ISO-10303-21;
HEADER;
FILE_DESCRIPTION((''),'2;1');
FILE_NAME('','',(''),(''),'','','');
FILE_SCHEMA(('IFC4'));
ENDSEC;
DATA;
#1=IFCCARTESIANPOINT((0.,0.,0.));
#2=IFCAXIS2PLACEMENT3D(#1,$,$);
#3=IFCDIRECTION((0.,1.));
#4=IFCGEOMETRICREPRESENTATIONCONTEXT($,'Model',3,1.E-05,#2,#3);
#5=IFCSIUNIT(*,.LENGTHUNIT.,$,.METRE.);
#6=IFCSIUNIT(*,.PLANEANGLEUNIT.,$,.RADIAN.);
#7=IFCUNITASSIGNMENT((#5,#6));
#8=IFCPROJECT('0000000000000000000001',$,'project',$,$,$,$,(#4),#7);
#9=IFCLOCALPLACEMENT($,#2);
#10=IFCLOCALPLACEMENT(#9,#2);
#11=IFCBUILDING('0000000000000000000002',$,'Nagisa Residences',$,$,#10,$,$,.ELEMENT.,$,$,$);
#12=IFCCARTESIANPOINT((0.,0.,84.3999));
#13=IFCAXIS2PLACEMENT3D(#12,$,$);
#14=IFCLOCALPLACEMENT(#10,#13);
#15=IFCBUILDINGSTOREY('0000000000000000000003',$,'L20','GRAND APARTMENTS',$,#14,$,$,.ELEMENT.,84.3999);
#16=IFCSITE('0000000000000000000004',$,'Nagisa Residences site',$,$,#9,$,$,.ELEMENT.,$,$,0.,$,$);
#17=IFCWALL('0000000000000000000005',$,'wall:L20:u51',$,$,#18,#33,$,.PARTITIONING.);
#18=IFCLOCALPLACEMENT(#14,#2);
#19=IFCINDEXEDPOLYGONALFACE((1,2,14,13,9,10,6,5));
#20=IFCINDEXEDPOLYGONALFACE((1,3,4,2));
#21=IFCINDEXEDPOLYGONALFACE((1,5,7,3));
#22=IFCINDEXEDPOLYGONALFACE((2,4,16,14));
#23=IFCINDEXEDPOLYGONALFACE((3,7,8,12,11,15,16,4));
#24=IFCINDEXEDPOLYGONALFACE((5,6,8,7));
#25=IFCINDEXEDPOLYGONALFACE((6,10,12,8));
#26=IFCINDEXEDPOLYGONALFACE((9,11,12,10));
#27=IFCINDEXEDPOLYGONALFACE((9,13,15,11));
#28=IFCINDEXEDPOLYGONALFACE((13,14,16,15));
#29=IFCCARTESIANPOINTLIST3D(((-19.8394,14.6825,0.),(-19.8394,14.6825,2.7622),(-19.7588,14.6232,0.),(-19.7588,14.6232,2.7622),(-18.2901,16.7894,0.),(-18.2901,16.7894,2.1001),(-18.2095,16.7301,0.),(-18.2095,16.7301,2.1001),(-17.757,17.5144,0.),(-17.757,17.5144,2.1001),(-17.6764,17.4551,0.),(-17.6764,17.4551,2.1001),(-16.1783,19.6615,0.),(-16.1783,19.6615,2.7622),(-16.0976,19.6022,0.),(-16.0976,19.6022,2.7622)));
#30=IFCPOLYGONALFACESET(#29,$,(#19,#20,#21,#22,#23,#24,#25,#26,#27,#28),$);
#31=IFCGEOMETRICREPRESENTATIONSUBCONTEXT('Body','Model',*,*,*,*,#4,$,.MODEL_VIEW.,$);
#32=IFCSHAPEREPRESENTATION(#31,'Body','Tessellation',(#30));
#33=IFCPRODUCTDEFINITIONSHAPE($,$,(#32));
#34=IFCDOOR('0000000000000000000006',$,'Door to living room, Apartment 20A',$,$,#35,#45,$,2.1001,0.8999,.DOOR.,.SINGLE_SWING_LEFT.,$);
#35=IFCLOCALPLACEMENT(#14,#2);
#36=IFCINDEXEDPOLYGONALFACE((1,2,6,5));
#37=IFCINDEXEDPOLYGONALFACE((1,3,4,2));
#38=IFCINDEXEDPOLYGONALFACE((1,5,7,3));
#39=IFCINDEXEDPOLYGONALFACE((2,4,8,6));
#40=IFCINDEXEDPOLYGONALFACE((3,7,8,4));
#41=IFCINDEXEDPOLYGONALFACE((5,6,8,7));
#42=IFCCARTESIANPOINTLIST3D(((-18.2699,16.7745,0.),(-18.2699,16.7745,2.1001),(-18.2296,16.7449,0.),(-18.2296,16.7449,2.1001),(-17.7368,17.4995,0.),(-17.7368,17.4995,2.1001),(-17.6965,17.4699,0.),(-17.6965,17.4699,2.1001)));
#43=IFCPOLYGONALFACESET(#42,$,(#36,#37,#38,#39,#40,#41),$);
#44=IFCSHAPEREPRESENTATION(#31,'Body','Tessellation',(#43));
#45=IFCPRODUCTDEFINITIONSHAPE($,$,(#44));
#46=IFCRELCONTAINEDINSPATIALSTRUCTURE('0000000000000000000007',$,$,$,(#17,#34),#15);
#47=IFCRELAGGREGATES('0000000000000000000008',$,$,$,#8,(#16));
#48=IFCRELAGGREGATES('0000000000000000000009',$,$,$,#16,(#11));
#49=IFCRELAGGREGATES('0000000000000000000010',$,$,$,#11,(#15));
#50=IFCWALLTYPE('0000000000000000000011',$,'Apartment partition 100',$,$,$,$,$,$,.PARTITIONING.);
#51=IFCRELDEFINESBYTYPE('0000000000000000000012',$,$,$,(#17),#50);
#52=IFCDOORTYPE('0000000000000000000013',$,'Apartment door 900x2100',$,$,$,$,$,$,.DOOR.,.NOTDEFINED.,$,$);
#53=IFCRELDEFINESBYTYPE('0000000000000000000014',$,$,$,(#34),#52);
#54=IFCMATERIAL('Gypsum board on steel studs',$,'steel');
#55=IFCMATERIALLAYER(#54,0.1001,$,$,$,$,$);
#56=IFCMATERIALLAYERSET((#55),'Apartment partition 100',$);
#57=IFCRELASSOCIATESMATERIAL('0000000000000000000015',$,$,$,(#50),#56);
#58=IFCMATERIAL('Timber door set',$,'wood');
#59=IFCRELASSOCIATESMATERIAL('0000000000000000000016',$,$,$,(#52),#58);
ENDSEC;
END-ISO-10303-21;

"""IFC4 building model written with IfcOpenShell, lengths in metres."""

from ifc_helpers import new_model, si_unit, direction, frame, frame_2d, origin, place, context, subcontext, project, spatial, rectangle, extrude, material, layer, layer_set, type_object, element, fill, save


model = new_model("IFC4")

# Units and contexts
model_context = context("Model", 3, precision=1e-05, world=origin(), true_north=direction((0.0, 1.0)))
body_context = subcontext(model_context, "Body", "Model", "MODEL_VIEW")
ifc_project = project(units=[si_unit("LENGTHUNIT", "METRE"), si_unit("PLANEANGLEUNIT", "RADIAN")], contexts=[model_context])

# Site, building, storey
site_placement = place(None, origin())
site = spatial("IfcSite", under=ifc_project, at=site_placement, Name="Nagisa Residences site", CompositionType="ELEMENT", RefElevation=0.0)
building_placement = place(site_placement, origin())
building = spatial("IfcBuilding", under=site, at=building_placement, Name="Nagisa Residences", CompositionType="ELEMENT")
storey_placement = place(building_placement, frame((0.0, 0.0, 84.3999)))
storey = spatial("IfcBuildingStorey", under=building, at=storey_placement, Name="L20", Description="GRAND APARTMENTS", CompositionType="ELEMENT", Elevation=84.3999)

# Shared definitions
ifc_material_1 = material(Name="Gypsum board on steel studs", Category="steel")
ifc_layer_1 = layer(ifc_material_1, 0.1001)
ifc_layer_set_1 = layer_set([ifc_layer_1], Name="Apartment partition 100")
wall_type_1 = type_object("IfcWallType", Name="Apartment partition 100", PredefinedType="PARTITIONING", material=ifc_layer_set_1)

# Wall, opening, door
wall_1_placement = place(storey_placement, frame((-16.1379, 19.6318, 0.0), z_axis=(0.0, 0.0, 1.0), x_axis=(-0.592401, -0.805643, 0.0)))
wall_1 = element("IfcWall", 1, at=wall_1_placement, inside=storey, type_object=wall_type_1, Name="wall:L20:u51", PredefinedType="PARTITIONING", context=body_context, shape_type="SweptSolid", body=[
    extrude(rectangle(XDim=6.1802, YDim=0.1001, at=frame_2d((3.0901, 0.0))), origin(), (0.0, 0.0, 1.0), 2.7622),
])
opening_1_placement = place(wall_1_placement, frame((2.665, 0.0, 0.0)))
opening_1 = element("IfcOpeningElement", 2, at=opening_1_placement, cuts=wall_1, PredefinedType="OPENING", context=body_context, shape_type="SweptSolid", body=[
    extrude(rectangle(XDim=0.8999, YDim=2.1001, at=frame_2d((0.45, 1.05))), frame((0.0, 0.0601, 0.0), z_axis=(0.0, -1.0, 0.0), x_axis=(1.0, 0.0, 0.0)), (0.0, 0.0, 1.0), 0.1201),
])
ifc_material_2 = material(Name="Timber door set", Category="wood")
door_type_1 = type_object("IfcDoorType", Name="Apartment door 900x2100", OperationType="NOTDEFINED", PredefinedType="DOOR", material=ifc_material_2)
door_1_placement = place(opening_1_placement, frame((0.8999, 0.0, 0.0), x_axis=(-1.0, 0.0, 0.0)))
door_1 = element("IfcDoor", 3, at=door_1_placement, inside=storey, type_object=door_type_1, Name="Door to living room, Apartment 20A", OperationType="SINGLE_SWING_LEFT", OverallHeight=2.1001, OverallWidth=0.8999, PredefinedType="DOOR", context=body_context, shape_type="SweptSolid", body=[
    extrude(rectangle(XDim=0.8999, YDim=2.1001, at=frame_2d((0.45, 1.05))), frame((0.0, 0.0249, 0.0), z_axis=(0.0, -1.0, 0.0), x_axis=(1.0, 0.0, 0.0)), (0.0, 0.0, 1.0), 0.05),
])
fill(opening_1, door_1)

save(model, "model.ifc")
